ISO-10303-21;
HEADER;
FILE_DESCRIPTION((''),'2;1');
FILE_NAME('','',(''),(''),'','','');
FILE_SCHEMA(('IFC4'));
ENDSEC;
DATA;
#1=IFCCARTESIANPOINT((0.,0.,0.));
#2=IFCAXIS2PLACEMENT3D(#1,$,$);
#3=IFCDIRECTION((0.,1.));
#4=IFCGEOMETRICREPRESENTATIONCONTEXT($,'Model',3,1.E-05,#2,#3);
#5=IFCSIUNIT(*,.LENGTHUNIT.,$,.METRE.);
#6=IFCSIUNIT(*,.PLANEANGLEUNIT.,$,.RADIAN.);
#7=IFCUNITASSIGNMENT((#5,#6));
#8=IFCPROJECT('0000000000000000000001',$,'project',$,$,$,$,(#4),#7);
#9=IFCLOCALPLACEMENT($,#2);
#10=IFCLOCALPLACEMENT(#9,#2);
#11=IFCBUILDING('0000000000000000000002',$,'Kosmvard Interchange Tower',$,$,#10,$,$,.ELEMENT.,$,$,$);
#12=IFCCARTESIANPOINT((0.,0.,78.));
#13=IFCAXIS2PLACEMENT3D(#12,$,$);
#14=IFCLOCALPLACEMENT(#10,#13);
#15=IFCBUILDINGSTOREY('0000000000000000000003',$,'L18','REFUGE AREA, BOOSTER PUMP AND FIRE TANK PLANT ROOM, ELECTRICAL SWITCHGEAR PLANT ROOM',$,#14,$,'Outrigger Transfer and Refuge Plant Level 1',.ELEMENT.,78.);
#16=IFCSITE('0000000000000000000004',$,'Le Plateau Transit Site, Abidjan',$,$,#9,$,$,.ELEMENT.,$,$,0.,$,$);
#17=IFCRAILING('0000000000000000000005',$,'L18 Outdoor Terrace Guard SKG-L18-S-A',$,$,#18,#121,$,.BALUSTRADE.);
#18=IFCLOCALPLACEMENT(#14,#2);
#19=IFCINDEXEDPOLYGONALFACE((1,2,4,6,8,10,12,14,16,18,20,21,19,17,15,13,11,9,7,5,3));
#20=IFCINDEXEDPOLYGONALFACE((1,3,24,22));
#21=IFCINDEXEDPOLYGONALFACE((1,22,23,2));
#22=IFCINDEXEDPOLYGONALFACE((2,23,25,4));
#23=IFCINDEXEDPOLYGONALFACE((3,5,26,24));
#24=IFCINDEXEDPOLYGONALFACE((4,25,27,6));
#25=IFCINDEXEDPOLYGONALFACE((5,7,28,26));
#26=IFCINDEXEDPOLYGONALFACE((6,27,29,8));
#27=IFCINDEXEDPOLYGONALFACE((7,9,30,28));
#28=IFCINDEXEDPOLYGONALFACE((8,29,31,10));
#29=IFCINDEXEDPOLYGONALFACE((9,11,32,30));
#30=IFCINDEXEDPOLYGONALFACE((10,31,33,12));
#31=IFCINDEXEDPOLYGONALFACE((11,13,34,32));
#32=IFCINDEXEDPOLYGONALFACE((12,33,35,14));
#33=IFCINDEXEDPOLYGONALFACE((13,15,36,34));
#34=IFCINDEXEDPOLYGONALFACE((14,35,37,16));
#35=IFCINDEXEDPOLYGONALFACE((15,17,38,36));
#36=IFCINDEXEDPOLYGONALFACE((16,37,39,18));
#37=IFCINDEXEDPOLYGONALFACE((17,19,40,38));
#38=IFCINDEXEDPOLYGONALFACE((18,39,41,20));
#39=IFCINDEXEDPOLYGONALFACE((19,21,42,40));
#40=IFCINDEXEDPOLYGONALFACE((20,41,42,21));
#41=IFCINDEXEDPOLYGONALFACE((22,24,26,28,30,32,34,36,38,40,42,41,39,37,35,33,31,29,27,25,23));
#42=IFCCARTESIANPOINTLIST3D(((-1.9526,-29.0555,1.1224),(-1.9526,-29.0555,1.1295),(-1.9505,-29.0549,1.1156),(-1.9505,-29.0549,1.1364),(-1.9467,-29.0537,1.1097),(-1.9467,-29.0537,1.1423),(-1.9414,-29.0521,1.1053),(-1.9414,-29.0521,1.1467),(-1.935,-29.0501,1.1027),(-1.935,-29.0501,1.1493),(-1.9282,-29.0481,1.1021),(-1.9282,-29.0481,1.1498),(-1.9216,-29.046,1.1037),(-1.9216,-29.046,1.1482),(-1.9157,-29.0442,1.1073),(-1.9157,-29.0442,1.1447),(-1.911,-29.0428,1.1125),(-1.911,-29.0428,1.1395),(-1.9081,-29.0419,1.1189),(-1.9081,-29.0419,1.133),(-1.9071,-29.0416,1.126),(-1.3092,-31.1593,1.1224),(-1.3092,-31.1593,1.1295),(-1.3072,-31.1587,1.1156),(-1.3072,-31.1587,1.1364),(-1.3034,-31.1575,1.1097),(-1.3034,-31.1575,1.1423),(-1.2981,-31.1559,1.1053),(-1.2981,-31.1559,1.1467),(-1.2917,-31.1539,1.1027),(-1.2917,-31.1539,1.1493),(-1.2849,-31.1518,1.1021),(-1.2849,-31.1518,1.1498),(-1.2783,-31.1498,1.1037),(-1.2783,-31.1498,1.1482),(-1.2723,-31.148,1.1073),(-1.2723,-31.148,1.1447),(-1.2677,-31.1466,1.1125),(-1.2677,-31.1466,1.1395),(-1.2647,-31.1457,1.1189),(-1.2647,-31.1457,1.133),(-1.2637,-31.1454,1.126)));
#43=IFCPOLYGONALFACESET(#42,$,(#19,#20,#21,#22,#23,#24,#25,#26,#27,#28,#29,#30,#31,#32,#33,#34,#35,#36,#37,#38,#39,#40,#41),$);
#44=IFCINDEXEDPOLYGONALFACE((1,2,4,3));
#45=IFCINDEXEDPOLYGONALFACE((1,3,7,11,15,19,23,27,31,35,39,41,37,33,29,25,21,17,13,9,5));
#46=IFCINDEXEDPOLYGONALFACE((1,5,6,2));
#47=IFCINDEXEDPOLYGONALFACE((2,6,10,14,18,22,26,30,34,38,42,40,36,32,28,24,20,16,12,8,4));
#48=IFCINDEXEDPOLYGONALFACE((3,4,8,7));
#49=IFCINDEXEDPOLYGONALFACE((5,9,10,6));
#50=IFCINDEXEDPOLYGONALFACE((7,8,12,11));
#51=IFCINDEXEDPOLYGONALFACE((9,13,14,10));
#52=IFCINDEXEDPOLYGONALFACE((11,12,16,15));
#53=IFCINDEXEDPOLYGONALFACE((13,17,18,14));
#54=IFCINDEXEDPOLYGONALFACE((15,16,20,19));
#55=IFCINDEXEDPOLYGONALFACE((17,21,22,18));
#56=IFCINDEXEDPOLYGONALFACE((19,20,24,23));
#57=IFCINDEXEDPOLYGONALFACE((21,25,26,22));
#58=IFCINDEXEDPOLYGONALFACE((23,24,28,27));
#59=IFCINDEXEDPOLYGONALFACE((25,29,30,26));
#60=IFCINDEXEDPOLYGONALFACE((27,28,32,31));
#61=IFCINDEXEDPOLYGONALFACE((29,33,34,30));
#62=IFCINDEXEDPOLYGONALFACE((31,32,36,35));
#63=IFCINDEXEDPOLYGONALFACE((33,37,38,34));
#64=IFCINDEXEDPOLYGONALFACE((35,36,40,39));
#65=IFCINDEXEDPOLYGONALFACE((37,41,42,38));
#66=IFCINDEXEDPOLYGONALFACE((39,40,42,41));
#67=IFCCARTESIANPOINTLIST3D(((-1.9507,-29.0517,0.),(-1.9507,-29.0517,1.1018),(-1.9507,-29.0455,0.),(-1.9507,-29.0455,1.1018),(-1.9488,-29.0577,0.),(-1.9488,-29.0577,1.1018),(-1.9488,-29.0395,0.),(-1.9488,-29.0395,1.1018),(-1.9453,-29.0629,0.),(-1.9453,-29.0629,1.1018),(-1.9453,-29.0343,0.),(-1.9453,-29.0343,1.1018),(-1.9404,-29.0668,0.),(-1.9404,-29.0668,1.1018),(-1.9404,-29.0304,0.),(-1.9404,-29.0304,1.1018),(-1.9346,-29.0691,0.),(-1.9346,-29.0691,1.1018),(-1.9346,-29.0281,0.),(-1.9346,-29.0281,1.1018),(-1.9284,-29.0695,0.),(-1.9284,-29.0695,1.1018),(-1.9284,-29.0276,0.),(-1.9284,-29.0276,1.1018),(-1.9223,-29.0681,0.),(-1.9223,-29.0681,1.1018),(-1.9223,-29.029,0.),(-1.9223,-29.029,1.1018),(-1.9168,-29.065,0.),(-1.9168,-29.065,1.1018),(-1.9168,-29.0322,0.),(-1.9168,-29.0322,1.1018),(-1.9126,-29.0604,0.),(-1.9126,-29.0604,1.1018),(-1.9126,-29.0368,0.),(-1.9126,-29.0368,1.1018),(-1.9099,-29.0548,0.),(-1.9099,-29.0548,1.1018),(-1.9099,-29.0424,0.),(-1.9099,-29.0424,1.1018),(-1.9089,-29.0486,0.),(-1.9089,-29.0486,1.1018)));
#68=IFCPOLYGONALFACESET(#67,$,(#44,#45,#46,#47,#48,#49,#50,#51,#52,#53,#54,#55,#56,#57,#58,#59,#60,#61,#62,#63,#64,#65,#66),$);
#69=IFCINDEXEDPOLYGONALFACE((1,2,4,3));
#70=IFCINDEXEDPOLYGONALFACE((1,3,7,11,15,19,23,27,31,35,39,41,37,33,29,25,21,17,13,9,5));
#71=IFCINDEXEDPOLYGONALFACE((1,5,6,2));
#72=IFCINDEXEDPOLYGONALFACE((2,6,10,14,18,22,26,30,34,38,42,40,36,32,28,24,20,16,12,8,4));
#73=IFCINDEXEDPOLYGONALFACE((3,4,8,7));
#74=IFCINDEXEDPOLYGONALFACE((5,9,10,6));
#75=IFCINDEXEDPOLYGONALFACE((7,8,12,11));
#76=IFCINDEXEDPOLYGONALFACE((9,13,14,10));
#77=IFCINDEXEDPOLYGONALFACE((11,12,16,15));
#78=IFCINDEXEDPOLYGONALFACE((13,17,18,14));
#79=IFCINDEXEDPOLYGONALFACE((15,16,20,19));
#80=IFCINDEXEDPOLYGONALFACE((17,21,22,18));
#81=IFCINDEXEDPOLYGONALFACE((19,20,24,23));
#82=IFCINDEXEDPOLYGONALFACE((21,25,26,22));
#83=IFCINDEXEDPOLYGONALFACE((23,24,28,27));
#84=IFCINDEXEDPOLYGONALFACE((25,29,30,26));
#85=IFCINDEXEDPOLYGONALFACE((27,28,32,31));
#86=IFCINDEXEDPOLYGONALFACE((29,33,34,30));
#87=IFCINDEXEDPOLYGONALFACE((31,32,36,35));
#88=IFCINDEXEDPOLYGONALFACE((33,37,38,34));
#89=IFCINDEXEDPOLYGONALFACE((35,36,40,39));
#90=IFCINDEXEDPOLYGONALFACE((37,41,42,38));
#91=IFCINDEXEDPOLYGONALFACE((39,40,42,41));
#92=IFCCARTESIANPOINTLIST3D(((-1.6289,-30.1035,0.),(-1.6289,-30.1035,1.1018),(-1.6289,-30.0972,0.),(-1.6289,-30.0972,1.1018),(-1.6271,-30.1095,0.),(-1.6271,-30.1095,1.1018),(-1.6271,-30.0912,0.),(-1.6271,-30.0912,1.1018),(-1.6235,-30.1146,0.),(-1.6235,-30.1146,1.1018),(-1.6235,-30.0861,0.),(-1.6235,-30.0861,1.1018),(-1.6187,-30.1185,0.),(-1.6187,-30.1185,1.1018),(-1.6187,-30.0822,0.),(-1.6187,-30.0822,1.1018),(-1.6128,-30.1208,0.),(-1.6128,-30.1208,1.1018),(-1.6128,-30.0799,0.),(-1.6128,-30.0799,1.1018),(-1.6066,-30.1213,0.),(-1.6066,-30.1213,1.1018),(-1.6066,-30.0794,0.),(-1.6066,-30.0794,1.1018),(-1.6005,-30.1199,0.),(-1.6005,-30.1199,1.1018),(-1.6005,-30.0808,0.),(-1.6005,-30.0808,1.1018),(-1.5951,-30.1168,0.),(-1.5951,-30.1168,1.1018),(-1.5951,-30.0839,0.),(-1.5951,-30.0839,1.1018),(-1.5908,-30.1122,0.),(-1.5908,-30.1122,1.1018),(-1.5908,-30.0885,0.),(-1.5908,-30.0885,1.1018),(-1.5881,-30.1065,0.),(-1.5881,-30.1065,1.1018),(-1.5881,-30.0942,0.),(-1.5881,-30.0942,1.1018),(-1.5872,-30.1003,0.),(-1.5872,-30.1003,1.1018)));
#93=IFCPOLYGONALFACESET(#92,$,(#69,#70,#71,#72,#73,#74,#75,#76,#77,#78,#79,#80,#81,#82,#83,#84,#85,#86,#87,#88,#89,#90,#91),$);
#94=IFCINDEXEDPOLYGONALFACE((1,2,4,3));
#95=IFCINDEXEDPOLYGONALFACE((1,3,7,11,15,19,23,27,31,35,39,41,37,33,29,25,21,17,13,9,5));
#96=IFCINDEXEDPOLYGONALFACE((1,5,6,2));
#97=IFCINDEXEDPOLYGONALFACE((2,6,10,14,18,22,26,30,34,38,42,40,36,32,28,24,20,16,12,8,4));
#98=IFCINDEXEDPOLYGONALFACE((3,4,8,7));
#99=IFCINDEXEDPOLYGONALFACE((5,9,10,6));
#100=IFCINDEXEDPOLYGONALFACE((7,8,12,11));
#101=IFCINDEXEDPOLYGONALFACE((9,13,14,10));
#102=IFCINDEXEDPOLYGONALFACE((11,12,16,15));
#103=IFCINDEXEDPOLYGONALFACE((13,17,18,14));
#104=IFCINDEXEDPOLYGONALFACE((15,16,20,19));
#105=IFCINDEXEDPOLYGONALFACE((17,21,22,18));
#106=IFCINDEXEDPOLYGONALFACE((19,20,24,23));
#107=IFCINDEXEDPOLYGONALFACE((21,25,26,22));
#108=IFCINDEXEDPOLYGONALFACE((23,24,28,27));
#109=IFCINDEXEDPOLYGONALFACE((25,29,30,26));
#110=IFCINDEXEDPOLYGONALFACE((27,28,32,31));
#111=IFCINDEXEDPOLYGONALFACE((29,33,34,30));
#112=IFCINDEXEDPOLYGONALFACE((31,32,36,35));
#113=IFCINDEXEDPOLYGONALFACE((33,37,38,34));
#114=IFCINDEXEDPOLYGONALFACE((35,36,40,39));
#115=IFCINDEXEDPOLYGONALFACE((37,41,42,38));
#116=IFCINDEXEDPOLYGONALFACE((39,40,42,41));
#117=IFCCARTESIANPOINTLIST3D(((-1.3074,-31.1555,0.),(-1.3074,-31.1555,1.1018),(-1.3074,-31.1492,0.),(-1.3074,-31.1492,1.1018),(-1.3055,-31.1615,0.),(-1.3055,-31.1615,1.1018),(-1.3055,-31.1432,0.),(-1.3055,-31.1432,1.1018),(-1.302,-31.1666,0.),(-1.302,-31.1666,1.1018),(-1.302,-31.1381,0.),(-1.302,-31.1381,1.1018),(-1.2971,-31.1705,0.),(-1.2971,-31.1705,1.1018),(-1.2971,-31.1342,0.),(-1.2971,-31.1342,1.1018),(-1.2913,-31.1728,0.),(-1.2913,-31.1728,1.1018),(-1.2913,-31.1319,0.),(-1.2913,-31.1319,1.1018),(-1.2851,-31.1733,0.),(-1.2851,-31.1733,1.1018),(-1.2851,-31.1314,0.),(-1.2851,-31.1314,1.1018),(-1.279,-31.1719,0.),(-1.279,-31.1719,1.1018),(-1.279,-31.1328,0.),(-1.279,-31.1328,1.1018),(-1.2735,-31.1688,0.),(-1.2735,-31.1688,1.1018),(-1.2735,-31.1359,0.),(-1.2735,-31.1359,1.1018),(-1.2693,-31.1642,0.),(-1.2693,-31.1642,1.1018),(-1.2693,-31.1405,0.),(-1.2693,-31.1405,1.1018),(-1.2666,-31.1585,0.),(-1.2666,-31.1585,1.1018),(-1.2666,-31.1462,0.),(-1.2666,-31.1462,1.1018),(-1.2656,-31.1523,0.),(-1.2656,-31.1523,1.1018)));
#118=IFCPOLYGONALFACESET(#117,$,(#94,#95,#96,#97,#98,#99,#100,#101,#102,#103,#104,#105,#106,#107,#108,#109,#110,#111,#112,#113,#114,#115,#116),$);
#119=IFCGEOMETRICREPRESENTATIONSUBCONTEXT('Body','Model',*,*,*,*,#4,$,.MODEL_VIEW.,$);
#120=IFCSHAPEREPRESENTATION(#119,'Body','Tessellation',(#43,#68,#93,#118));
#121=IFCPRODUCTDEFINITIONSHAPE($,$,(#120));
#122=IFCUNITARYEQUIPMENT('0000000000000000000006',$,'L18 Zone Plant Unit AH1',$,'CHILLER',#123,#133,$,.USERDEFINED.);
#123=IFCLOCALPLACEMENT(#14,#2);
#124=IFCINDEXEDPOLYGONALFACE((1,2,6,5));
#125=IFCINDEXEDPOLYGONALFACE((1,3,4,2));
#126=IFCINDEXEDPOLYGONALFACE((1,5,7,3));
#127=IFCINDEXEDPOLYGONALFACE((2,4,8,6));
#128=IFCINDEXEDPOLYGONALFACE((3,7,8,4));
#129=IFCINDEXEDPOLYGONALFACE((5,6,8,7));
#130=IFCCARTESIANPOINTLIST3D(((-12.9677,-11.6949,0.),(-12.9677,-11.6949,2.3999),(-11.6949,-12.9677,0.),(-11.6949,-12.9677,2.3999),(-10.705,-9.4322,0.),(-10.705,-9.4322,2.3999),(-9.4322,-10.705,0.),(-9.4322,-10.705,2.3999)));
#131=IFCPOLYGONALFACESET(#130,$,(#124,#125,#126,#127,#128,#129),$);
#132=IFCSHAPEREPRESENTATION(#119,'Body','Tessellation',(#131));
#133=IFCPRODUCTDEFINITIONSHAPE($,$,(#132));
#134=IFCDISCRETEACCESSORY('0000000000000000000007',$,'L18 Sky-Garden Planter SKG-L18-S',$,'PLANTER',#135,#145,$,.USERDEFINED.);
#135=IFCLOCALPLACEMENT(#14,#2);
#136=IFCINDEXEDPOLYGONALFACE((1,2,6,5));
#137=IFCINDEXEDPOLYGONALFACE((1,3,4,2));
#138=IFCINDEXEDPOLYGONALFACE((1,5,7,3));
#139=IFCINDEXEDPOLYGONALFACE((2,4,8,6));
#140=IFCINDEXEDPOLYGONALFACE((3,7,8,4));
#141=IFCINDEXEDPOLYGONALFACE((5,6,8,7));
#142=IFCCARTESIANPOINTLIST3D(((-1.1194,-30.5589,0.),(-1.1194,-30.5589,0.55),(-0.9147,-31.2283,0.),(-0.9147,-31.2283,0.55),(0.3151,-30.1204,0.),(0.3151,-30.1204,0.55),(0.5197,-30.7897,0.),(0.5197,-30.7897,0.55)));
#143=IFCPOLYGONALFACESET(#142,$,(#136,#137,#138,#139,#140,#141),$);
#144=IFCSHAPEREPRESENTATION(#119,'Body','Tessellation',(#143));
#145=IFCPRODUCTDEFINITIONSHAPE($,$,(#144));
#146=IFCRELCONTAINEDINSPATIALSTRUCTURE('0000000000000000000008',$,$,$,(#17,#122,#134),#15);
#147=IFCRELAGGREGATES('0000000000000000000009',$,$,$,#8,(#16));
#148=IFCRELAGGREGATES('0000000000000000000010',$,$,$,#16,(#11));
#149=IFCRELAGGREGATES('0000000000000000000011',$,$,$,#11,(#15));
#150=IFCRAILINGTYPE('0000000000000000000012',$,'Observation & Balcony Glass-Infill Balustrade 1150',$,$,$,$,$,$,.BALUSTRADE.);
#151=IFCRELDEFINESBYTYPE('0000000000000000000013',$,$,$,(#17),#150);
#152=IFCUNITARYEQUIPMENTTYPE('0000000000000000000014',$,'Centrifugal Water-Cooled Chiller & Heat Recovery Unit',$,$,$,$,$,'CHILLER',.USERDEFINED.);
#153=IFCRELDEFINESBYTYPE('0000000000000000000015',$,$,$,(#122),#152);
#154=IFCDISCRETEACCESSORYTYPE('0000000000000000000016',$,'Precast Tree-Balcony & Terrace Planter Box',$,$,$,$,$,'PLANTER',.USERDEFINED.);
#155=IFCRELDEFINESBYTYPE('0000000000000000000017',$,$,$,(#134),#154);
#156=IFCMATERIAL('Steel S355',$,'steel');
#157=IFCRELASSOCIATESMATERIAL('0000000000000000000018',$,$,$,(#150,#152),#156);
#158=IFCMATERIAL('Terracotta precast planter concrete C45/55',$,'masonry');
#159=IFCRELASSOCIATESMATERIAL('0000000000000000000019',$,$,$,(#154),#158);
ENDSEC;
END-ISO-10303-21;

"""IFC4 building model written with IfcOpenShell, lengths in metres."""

from ifc_helpers import new_model, si_unit, direction, frame, origin, origin_2d, place, context, subcontext, project, spatial, rectangle, circle, extrude, source, transform, mapped, material, type_object, element, save


model = new_model("IFC4")

# Units and contexts
model_context = context("Model", 3, precision=1e-05, world=origin(), true_north=direction((0.0, 1.0)))
body_context = subcontext(model_context, "Body", "Model", "MODEL_VIEW")
ifc_project = project(units=[si_unit("LENGTHUNIT", "METRE"), si_unit("PLANEANGLEUNIT", "RADIAN")], contexts=[model_context])

# Site, building, storey
site_placement = place(None, origin())
site = spatial("IfcSite", under=ifc_project, at=site_placement, Name="Le Plateau Transit Site, Abidjan", CompositionType="ELEMENT", RefElevation=0.0)
building_placement = place(site_placement, origin())
building = spatial("IfcBuilding", under=site, at=building_placement, Name="Kosmvard Interchange Tower", CompositionType="ELEMENT")
storey_placement = place(building_placement, frame((0.0, 0.0, 78.0)))
storey = spatial("IfcBuildingStorey", under=building, at=storey_placement, Name="L18", Description="REFUGE AREA, BOOSTER PUMP AND FIRE TANK PLANT ROOM, ELECTRICAL SWITCHGEAR PLANT ROOM", LongName="Outrigger Transfer and Refuge Plant Level 1", CompositionType="ELEMENT", Elevation=78.0)

# Shared definitions
ifc_material_1 = material(Name="Steel S355", Category="steel")

# Railing
railing_type = type_object("IfcRailingType", Name="Observation & Balcony Glass-Infill Balustrade 1150", PredefinedType="BALUSTRADE", material=ifc_material_1)
shared_shape_1 = source(origin(), body_context, "Body", "SweptSolid", [
    extrude(circle(Radius=0.0239, at=origin_2d()), frame((0.0, 0.0, 1.126), z_axis=(0.292424, -0.956289, 0.0), x_axis=(0.956289, 0.292424, 0.0)), (0.0, 0.0, 1.0), 2.2),
    extrude(circle(Radius=0.021, at=origin_2d()), origin(), (0.0, 0.0, 1.0), 1.1018),
    extrude(circle(Radius=0.021, at=origin_2d()), frame((0.3218, -1.0518, 0.0)), (0.0, 0.0, 1.0), 1.1018),
    extrude(circle(Radius=0.021, at=origin_2d()), frame((0.6433, -2.1038, 0.0)), (0.0, 0.0, 1.0), 1.1018),
])
railing_1_placement = place(storey_placement, frame((-1.9299, -29.0486, 0.0)))
element("IfcRailing", 1, at=railing_1_placement, inside=storey, type_object=railing_type, Name="L18 Outdoor Terrace Guard SKG-L18-S-A", PredefinedType="BALUSTRADE", context=body_context, shape_type="MappedRepresentation", body=[
    mapped(shared_shape_1, transform((0.0, 0.0, 0.0), scale=1.0)),
])

# Unitary equipment
unitary_equipment_type = type_object("IfcUnitaryEquipmentType", Name="Centrifugal Water-Cooled Chiller & Heat Recovery Unit", ElementType="CHILLER", PredefinedType="USERDEFINED", material=ifc_material_1)
shared_shape_2 = source(origin(), body_context, "Body", "SweptSolid", [
    extrude(rectangle(XDim=3.2, YDim=1.8, at=origin_2d()), origin(), (0.0, 0.0, 1.0), 2.3999),
])
unitary_equipment_placement = place(storey_placement, frame((-11.2, -11.2, 0.0), z_axis=(0.0, 0.0, 1.0), x_axis=(0.707107, 0.707107, 0.0)))
element("IfcUnitaryEquipment", 2, at=unitary_equipment_placement, inside=storey, type_object=unitary_equipment_type, Name="L18 Zone Plant Unit AH1", ObjectType="CHILLER", PredefinedType="USERDEFINED", context=body_context, shape_type="MappedRepresentation", body=[
    mapped(shared_shape_2, transform((0.0, 0.0, 0.0), scale=1.0)),
])

# Discrete accessory
ifc_material_2 = material(Name="Terracotta precast planter concrete C45/55", Category="masonry")
discrete_accessory_type = type_object("IfcDiscreteAccessoryType", Name="Precast Tree-Balcony & Terrace Planter Box", ElementType="PLANTER", PredefinedType="USERDEFINED", material=ifc_material_2)
shared_shape_3 = source(origin(), body_context, "Body", "SweptSolid", [
    extrude(rectangle(XDim=1.5, YDim=0.7, at=origin_2d()), origin(), (0.0, 0.0, 1.0), 0.55),
])
discrete_accessory_placement = place(storey_placement, frame((-0.2998, -30.6743, 0.0), z_axis=(0.0, 0.0, 1.0), x_axis=(0.956305, 0.292372, 0.0)))
element("IfcDiscreteAccessory", 3, at=discrete_accessory_placement, inside=storey, type_object=discrete_accessory_type, Name="L18 Sky-Garden Planter SKG-L18-S", ObjectType="PLANTER", PredefinedType="USERDEFINED", context=body_context, shape_type="MappedRepresentation", body=[
    mapped(shared_shape_3, transform((0.0, 0.0, 0.0), scale=1.0)),
])

save(model, "model.ifc")
